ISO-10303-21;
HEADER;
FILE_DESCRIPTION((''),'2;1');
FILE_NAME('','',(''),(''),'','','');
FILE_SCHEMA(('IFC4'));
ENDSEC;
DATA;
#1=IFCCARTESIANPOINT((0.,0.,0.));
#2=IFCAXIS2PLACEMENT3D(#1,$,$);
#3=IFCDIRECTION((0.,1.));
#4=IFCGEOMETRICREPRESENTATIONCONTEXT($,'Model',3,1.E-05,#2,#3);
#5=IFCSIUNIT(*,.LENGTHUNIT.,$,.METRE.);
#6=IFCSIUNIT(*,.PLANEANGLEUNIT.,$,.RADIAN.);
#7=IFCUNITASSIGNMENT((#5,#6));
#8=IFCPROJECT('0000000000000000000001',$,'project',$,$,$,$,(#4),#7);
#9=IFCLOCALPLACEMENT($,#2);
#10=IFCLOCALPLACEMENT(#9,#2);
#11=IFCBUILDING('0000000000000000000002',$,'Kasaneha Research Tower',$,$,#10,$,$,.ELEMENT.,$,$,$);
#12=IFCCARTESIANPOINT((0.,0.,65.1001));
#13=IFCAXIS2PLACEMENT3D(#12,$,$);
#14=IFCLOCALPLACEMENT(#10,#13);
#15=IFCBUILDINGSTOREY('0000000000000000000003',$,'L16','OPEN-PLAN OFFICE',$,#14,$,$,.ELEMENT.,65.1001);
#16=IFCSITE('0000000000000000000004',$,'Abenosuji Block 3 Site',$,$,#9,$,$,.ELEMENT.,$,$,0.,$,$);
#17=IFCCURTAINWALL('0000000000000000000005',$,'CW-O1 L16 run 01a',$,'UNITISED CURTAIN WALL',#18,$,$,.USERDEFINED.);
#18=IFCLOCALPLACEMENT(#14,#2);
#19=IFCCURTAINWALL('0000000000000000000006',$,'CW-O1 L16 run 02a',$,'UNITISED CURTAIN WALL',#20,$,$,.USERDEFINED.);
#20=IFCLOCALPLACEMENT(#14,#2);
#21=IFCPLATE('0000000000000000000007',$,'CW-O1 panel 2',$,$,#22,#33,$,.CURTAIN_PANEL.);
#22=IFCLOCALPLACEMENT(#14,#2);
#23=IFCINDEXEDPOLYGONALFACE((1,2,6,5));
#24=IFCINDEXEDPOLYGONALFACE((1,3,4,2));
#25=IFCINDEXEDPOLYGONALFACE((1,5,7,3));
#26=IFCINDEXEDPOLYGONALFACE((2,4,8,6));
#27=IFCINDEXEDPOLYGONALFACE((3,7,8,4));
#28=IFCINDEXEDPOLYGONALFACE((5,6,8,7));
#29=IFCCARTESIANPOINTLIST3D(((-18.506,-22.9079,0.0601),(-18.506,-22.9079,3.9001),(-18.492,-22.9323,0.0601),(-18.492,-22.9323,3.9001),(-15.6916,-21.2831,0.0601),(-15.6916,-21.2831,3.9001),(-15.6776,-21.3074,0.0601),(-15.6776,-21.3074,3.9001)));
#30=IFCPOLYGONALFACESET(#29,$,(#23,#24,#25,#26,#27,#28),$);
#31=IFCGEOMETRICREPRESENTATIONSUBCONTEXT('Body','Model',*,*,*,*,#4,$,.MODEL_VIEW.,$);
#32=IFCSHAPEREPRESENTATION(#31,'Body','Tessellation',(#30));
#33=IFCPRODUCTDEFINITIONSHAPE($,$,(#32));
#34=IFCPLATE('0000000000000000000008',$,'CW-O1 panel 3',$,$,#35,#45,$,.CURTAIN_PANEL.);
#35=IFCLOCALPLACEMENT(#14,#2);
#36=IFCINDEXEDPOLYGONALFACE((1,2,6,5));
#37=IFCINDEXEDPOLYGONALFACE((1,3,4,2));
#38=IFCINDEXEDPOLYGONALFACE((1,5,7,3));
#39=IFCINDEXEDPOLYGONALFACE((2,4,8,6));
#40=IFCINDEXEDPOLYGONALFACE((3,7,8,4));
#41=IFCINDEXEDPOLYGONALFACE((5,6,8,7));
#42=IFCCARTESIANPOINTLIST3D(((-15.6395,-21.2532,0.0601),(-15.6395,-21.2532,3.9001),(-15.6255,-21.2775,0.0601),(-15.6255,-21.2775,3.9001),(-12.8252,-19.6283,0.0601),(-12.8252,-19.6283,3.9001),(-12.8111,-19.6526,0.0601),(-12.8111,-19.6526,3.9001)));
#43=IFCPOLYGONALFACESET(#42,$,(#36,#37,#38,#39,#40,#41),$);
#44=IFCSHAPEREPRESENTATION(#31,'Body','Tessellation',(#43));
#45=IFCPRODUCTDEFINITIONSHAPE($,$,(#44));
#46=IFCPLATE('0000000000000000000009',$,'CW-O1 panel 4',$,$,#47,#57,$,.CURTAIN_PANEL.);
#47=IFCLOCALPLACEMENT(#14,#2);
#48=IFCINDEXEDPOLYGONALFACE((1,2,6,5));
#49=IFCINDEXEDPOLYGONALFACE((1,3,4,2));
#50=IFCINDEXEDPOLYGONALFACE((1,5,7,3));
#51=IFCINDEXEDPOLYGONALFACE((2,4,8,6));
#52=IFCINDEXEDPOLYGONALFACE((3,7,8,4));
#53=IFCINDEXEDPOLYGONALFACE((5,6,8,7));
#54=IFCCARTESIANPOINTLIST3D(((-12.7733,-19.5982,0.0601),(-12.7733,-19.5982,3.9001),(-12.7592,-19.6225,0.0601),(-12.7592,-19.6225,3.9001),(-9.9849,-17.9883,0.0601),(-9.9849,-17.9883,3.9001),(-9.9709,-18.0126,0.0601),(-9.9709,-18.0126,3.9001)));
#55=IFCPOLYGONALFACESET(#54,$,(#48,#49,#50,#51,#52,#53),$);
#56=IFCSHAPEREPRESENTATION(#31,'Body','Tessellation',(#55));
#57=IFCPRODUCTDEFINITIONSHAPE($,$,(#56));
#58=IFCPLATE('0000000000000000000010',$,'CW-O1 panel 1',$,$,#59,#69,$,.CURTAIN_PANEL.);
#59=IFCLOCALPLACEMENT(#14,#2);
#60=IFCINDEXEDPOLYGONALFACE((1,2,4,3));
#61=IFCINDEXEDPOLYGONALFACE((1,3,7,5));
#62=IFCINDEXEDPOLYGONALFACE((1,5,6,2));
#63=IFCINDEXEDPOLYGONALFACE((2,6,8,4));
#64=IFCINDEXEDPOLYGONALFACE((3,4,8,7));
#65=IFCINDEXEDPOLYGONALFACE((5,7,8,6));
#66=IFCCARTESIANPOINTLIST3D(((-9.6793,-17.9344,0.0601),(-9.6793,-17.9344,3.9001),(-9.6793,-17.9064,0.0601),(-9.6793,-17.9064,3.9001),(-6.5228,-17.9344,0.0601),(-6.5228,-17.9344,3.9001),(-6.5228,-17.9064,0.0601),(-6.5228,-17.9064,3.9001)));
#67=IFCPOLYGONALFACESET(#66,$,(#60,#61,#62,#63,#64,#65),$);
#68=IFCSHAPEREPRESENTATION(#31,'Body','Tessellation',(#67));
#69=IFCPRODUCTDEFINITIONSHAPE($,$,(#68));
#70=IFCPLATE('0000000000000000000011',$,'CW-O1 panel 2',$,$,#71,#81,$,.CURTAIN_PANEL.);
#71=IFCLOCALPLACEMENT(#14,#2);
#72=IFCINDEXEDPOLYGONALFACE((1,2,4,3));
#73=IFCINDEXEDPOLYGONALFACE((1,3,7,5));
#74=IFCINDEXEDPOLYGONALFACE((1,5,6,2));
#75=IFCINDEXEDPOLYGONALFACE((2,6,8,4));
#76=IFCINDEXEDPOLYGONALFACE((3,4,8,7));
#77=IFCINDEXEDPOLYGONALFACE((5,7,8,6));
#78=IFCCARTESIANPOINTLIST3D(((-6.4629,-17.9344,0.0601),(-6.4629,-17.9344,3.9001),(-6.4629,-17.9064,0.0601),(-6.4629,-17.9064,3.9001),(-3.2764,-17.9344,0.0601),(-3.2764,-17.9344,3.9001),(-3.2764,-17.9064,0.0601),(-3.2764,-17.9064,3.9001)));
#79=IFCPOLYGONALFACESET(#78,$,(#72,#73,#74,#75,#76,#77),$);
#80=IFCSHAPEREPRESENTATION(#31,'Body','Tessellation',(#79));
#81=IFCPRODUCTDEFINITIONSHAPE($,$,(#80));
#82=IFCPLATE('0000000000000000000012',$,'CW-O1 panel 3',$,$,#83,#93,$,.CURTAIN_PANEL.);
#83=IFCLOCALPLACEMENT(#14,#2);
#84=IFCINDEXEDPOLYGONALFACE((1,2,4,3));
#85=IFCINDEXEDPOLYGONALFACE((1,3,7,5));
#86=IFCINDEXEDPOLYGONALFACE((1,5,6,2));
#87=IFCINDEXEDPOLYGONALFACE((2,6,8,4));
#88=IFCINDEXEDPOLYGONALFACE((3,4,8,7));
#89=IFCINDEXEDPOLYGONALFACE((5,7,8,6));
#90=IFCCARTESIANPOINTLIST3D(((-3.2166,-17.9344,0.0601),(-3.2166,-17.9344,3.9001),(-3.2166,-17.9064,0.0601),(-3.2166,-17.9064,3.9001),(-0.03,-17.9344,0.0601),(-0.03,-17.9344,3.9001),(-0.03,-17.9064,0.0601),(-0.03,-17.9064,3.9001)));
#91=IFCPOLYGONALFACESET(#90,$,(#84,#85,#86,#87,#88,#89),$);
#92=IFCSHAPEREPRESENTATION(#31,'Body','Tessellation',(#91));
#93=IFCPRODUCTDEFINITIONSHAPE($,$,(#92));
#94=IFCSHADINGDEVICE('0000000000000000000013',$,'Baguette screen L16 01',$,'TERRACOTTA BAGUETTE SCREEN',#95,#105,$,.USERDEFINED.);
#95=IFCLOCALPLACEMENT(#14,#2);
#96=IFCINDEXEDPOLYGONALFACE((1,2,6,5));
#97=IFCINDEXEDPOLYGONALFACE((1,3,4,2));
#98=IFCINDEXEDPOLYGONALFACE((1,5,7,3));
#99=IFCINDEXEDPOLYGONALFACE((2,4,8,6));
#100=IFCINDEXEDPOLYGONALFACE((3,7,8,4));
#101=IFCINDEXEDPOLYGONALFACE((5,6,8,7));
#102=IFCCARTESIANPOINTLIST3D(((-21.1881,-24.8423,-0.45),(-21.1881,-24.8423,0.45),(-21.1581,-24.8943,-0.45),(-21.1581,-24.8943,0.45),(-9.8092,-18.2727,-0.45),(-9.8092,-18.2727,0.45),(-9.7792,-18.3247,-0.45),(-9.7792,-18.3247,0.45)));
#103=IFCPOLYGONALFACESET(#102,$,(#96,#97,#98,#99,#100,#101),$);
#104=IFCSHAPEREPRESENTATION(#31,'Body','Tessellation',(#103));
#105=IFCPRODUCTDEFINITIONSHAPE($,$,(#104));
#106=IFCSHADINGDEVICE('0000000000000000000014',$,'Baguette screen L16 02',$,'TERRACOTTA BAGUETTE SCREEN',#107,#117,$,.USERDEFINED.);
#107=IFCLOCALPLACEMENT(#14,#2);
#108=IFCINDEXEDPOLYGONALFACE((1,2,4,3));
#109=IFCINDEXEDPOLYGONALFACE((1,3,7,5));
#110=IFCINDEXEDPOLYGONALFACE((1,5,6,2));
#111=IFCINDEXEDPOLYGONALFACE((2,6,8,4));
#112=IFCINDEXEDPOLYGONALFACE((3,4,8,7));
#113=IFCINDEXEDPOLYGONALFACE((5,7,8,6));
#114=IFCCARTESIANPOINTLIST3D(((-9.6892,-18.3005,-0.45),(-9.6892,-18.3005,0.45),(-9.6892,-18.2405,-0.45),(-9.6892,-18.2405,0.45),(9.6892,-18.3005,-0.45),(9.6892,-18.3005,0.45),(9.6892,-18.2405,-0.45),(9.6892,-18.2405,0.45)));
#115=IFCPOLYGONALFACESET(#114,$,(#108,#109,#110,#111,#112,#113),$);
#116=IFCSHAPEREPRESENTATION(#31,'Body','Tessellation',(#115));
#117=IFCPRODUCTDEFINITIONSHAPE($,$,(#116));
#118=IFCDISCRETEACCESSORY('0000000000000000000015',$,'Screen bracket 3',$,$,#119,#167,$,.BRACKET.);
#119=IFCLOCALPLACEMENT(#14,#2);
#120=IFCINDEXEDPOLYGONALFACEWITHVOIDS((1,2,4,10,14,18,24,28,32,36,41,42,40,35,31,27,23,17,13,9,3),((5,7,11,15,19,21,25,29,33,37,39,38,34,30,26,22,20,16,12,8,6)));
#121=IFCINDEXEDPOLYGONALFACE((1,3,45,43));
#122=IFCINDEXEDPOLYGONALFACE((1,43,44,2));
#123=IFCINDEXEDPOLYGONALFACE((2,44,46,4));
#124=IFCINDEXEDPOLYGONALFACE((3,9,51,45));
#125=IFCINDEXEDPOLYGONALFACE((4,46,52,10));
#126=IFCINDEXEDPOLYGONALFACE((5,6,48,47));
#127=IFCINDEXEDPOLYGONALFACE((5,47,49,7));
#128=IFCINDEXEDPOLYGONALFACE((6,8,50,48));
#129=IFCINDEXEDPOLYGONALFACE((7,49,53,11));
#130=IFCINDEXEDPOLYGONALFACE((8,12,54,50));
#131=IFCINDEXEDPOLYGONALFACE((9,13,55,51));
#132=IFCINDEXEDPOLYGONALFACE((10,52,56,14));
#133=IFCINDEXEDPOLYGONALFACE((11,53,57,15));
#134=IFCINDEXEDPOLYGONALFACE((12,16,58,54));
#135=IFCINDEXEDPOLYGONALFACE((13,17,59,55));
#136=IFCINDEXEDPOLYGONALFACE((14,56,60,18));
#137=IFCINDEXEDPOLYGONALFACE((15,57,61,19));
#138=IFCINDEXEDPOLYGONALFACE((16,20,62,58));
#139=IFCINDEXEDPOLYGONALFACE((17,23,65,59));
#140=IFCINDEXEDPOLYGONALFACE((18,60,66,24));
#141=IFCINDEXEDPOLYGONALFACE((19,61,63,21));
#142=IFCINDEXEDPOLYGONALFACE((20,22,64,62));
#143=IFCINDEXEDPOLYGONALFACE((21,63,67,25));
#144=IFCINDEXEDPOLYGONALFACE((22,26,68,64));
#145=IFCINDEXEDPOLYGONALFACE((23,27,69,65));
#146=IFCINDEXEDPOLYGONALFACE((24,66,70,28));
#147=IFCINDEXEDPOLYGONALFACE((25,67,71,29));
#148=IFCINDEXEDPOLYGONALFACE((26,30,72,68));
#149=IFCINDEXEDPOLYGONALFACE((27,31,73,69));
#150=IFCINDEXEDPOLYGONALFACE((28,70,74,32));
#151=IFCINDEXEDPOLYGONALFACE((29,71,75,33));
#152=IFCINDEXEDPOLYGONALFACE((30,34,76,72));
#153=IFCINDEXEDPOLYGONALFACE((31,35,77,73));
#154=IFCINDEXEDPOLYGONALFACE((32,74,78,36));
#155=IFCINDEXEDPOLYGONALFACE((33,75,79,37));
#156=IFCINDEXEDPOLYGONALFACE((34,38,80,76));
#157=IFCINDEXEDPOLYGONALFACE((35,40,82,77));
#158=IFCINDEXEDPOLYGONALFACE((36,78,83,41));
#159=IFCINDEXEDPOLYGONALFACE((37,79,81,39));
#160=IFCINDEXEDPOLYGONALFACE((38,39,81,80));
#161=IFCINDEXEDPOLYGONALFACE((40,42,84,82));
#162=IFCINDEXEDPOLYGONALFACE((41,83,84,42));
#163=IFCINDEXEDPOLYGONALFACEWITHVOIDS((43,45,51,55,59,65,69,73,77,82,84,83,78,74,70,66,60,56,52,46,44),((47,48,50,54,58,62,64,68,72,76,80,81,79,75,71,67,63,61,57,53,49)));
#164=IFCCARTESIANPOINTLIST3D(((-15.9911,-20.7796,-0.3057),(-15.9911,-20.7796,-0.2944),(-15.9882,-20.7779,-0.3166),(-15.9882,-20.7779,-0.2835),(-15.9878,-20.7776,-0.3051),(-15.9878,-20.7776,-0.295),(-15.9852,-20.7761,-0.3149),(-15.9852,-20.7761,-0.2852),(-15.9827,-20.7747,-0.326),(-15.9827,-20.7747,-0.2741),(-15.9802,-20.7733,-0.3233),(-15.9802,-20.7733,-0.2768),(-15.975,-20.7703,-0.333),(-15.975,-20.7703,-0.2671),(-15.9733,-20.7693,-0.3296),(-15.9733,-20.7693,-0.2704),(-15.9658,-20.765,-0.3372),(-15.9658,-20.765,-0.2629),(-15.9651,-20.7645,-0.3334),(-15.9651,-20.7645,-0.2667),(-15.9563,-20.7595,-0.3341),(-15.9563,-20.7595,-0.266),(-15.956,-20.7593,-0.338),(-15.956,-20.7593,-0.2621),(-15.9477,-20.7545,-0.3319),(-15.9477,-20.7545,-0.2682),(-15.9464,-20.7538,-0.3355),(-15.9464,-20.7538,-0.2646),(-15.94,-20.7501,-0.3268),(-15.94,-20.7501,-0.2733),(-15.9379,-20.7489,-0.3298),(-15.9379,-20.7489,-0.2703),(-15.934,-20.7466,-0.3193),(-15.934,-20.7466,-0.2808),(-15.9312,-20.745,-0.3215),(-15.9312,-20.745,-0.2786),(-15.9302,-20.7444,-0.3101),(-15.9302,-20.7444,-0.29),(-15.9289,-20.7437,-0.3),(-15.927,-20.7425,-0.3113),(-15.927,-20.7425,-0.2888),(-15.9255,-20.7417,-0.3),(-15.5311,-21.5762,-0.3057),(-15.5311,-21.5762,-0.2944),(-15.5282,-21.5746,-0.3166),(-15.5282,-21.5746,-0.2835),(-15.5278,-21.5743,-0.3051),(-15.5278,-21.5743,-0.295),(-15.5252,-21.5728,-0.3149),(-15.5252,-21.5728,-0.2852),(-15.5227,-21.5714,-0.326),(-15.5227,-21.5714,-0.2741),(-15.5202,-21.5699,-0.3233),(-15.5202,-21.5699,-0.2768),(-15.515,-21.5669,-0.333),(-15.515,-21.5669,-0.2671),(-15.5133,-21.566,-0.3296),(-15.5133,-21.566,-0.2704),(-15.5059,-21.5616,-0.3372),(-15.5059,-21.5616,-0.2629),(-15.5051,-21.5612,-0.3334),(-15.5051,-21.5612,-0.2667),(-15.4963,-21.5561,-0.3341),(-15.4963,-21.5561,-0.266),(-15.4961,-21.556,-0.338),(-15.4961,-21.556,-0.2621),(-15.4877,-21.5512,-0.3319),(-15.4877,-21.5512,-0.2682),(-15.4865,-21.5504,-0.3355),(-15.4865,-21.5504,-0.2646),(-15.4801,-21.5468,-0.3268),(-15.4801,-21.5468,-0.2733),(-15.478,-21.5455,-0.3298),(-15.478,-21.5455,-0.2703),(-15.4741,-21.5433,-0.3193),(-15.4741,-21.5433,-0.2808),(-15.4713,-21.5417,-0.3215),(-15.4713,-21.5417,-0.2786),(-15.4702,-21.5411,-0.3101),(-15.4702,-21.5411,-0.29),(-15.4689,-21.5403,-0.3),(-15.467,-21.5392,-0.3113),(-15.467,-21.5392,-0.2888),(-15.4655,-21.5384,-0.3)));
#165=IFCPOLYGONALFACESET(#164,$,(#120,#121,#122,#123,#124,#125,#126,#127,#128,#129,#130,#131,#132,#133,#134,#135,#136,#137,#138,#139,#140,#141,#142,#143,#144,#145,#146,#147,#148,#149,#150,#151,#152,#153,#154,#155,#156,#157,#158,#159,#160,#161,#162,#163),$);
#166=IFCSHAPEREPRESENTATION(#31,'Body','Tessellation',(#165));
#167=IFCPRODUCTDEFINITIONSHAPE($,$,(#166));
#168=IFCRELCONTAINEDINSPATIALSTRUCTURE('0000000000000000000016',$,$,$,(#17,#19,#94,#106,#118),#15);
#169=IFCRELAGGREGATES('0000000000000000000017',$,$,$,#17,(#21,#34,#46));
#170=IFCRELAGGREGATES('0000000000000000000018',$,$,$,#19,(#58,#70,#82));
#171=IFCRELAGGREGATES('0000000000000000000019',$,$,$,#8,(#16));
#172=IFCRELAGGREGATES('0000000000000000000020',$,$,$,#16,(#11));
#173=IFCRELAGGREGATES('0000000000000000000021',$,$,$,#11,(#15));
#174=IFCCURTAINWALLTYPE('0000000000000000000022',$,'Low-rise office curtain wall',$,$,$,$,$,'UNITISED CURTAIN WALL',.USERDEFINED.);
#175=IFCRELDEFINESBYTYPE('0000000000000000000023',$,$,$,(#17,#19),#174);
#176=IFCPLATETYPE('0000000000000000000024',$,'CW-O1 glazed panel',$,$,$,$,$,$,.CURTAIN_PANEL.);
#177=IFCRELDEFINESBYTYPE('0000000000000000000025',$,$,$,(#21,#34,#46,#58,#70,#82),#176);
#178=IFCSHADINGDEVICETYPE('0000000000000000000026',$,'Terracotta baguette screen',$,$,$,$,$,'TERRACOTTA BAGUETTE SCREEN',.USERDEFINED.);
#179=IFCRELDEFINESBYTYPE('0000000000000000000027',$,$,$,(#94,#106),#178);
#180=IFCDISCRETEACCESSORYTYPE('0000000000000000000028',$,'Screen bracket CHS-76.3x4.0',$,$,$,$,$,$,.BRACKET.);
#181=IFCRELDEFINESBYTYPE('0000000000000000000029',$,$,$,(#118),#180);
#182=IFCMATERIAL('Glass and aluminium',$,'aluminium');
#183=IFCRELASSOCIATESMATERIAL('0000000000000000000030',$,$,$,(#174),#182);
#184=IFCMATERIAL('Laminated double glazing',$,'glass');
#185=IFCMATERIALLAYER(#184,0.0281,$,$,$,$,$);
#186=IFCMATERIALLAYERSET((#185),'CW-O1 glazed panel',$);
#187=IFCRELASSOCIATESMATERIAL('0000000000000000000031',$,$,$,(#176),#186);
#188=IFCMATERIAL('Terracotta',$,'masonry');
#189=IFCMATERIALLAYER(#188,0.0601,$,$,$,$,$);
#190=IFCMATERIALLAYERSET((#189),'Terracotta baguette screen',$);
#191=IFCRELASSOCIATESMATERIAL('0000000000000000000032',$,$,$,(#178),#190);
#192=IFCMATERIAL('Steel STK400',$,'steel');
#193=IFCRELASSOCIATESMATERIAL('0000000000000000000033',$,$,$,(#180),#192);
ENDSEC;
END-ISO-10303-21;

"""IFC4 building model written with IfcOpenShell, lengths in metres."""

from ifc_helpers import new_model, si_unit, direction, frame, origin, origin_2d, place, context, subcontext, project, spatial, rectangle, hollow_circle, extrude, material, layer, layer_set, material_profile, profile_set, type_object, element, aggregate, save


model = new_model("IFC4")

# Units and contexts
model_context = context("Model", 3, precision=1e-05, world=origin(), true_north=direction((0.0, 1.0)))
body_context = subcontext(model_context, "Body", "Model", "MODEL_VIEW")
ifc_project = project(units=[si_unit("LENGTHUNIT", "METRE"), si_unit("PLANEANGLEUNIT", "RADIAN")], contexts=[model_context])

# Site, building, storey
site_placement = place(None, origin())
site = spatial("IfcSite", under=ifc_project, at=site_placement, Name="Abenosuji Block 3 Site", CompositionType="ELEMENT", RefElevation=0.0)
building_placement = place(site_placement, origin())
building = spatial("IfcBuilding", under=site, at=building_placement, Name="Kasaneha Research Tower", CompositionType="ELEMENT")
storey_placement = place(building_placement, frame((0.0, 0.0, 65.1001)))
storey = spatial("IfcBuildingStorey", under=building, at=storey_placement, Name="L16", Description="OPEN-PLAN OFFICE", CompositionType="ELEMENT", Elevation=65.1001)

# Curtain walls
ifc_material_1 = material(Name="Glass and aluminium", Category="aluminium")
curtain_wall_type = type_object("IfcCurtainWallType", Name="Low-rise office curtain wall", ElementType="UNITISED CURTAIN WALL", PredefinedType="USERDEFINED", material=ifc_material_1)
curtain_wall_1_placement = place(storey_placement, origin())
curtain_wall_1 = element("IfcCurtainWall", 1, at=curtain_wall_1_placement, inside=storey, type_object=curtain_wall_type, Name="CW-O1 L16 run 01a", ObjectType="UNITISED CURTAIN WALL", PredefinedType="USERDEFINED")
curtain_wall_2_placement = place(storey_placement, origin())
curtain_wall_2 = element("IfcCurtainWall", 2, at=curtain_wall_2_placement, inside=storey, type_object=curtain_wall_type, Name="CW-O1 L16 run 02a", ObjectType="UNITISED CURTAIN WALL", PredefinedType="USERDEFINED")

# Plates
ifc_material_2 = material(Name="Laminated double glazing", Category="glass")
ifc_layer_1 = layer(ifc_material_2, 0.0281)
ifc_layer_set_1 = layer_set([ifc_layer_1], Name="CW-O1 glazed panel")
plate_type = type_object("IfcPlateType", Name="CW-O1 glazed panel", PredefinedType="CURTAIN_PANEL", material=ifc_layer_set_1)
plate_1_placement = place(storey_placement, frame((-17.0918, -22.1077, 0.0601), z_axis=(0.0, 0.0, 1.0), x_axis=(0.866025, 0.5, 0.0)))
plate_1 = element("IfcPlate", 3, at=plate_1_placement, type_object=plate_type, Name="CW-O1 panel 2", PredefinedType="CURTAIN_PANEL", context=body_context, shape_type="SweptSolid", body=[
    extrude(rectangle(XDim=3.2498, YDim=0.0281, at=origin_2d()), origin(), (0.0, 0.0, 1.0), 3.8401),
])
plate_2_placement = place(storey_placement, frame((-14.2253, -20.4529, 0.0601), z_axis=(0.0, 0.0, 1.0), x_axis=(0.866025, 0.5, 0.0)))
plate_2 = element("IfcPlate", 4, at=plate_2_placement, type_object=plate_type, Name="CW-O1 panel 3", PredefinedType="CURTAIN_PANEL", context=body_context, shape_type="SweptSolid", body=[
    extrude(rectangle(XDim=3.2498, YDim=0.0281, at=origin_2d()), origin(), (0.0, 0.0, 1.0), 3.8401),
])
plate_3_placement = place(storey_placement, frame((-11.3721, -18.8054, 0.0601), z_axis=(0.0, 0.0, 1.0), x_axis=(0.866025, 0.5, 0.0)))
plate_3 = element("IfcPlate", 5, at=plate_3_placement, type_object=plate_type, Name="CW-O1 panel 4", PredefinedType="CURTAIN_PANEL", context=body_context, shape_type="SweptSolid", body=[
    extrude(rectangle(XDim=3.2197, YDim=0.0281, at=origin_2d()), origin(), (0.0, 0.0, 1.0), 3.8401),
])
aggregate(curtain_wall_1, [plate_1, plate_2, plate_3])
plate_4_placement = place(storey_placement, frame((-8.1011, -17.9204, 0.0601), z_axis=(0.0, 0.0, 1.0), x_axis=(1.0, 0.0, 0.0)))
plate_4 = element("IfcPlate", 6, at=plate_4_placement, type_object=plate_type, Name="CW-O1 panel 1", PredefinedType="CURTAIN_PANEL", context=body_context, shape_type="SweptSolid", body=[
    extrude(rectangle(XDim=3.1565, YDim=0.0281, at=origin_2d()), origin(), (0.0, 0.0, 1.0), 3.8401),
])
plate_5_placement = place(storey_placement, frame((-4.8696, -17.9204, 0.0601), z_axis=(0.0, 0.0, 1.0), x_axis=(1.0, 0.0, 0.0)))
plate_5 = element("IfcPlate", 7, at=plate_5_placement, type_object=plate_type, Name="CW-O1 panel 2", PredefinedType="CURTAIN_PANEL", context=body_context, shape_type="SweptSolid", body=[
    extrude(rectangle(XDim=3.1865, YDim=0.0281, at=origin_2d()), origin(), (0.0, 0.0, 1.0), 3.8401),
])
plate_6_placement = place(storey_placement, frame((-1.6233, -17.9204, 0.0601), z_axis=(0.0, 0.0, 1.0), x_axis=(1.0, 0.0, 0.0)))
plate_6 = element("IfcPlate", 8, at=plate_6_placement, type_object=plate_type, Name="CW-O1 panel 3", PredefinedType="CURTAIN_PANEL", context=body_context, shape_type="SweptSolid", body=[
    extrude(rectangle(XDim=3.1865, YDim=0.0281, at=origin_2d()), origin(), (0.0, 0.0, 1.0), 3.8401),
])
aggregate(curtain_wall_2, [plate_4, plate_5, plate_6])

# Shading devices
ifc_material_3 = material(Name="Terracotta", Category="masonry")
ifc_layer_2 = layer(ifc_material_3, 0.0601)
ifc_layer_set_2 = layer_set([ifc_layer_2], Name="Terracotta baguette screen")
shading_device_type = type_object("IfcShadingDeviceType", Name="Terracotta baguette screen", ElementType="TERRACOTTA BAGUETTE SCREEN", PredefinedType="USERDEFINED", material=ifc_layer_set_2)
shading_device_1_placement = place(storey_placement, frame((-15.4836, -21.5835, -0.45), z_axis=(0.0, 0.0, 1.0), x_axis=(0.866025, 0.5, 0.0)))
element("IfcShadingDevice", 9, at=shading_device_1_placement, inside=storey, type_object=shading_device_type, Name="Baguette screen L16 01", ObjectType="TERRACOTTA BAGUETTE SCREEN", PredefinedType="USERDEFINED", context=body_context, shape_type="SweptSolid", body=[
    extrude(rectangle(XDim=13.1392, YDim=0.0601, at=origin_2d()), origin(), (0.0, 0.0, 1.0), 0.8999),
])
shading_device_2_placement = place(storey_placement, frame((0.0, -18.2705, -0.45), z_axis=(0.0, 0.0, 1.0), x_axis=(1.0, 0.0, 0.0)))
element("IfcShadingDevice", 10, at=shading_device_2_placement, inside=storey, type_object=shading_device_type, Name="Baguette screen L16 02", ObjectType="TERRACOTTA BAGUETTE SCREEN", PredefinedType="USERDEFINED", context=body_context, shape_type="SweptSolid", body=[
    extrude(rectangle(XDim=19.3784, YDim=0.0601, at=origin_2d()), origin(), (0.0, 0.0, 1.0), 0.8999),
])

# Discrete accessory
ifc_material_4 = material(Name="Steel STK400", Category="steel")
ifc_material_profile_1 = material_profile(ifc_material_4, hollow_circle(Radius=0.0381, WallThickness=0.0039, at=origin_2d()), Name="CHS-76.3x4.0")
ifc_profile_set_1 = profile_set([ifc_material_profile_1], Name="Steel STK400")
discrete_accessory_type = type_object("IfcDiscreteAccessoryType", Name="Screen bracket CHS-76.3x4.0", PredefinedType="BRACKET", material=ifc_profile_set_1)
discrete_accessory_1_placement = place(storey_placement, frame((-15.9585, -20.7607, -0.3), z_axis=(0.500021, -0.866013, 0.0), x_axis=(0.866013, 0.500021, 0.0)))
element("IfcDiscreteAccessory", 11, at=discrete_accessory_1_placement, inside=storey, type_object=discrete_accessory_type, Name="Screen bracket 3", PredefinedType="BRACKET", context=body_context, shape_type="SweptSolid", body=[
    extrude(hollow_circle(Radius=0.0381, WallThickness=0.0039, at=origin_2d()), origin(), (0.0, 0.0, 1.0), 0.9199),
])

save(model, "model.ifc")
